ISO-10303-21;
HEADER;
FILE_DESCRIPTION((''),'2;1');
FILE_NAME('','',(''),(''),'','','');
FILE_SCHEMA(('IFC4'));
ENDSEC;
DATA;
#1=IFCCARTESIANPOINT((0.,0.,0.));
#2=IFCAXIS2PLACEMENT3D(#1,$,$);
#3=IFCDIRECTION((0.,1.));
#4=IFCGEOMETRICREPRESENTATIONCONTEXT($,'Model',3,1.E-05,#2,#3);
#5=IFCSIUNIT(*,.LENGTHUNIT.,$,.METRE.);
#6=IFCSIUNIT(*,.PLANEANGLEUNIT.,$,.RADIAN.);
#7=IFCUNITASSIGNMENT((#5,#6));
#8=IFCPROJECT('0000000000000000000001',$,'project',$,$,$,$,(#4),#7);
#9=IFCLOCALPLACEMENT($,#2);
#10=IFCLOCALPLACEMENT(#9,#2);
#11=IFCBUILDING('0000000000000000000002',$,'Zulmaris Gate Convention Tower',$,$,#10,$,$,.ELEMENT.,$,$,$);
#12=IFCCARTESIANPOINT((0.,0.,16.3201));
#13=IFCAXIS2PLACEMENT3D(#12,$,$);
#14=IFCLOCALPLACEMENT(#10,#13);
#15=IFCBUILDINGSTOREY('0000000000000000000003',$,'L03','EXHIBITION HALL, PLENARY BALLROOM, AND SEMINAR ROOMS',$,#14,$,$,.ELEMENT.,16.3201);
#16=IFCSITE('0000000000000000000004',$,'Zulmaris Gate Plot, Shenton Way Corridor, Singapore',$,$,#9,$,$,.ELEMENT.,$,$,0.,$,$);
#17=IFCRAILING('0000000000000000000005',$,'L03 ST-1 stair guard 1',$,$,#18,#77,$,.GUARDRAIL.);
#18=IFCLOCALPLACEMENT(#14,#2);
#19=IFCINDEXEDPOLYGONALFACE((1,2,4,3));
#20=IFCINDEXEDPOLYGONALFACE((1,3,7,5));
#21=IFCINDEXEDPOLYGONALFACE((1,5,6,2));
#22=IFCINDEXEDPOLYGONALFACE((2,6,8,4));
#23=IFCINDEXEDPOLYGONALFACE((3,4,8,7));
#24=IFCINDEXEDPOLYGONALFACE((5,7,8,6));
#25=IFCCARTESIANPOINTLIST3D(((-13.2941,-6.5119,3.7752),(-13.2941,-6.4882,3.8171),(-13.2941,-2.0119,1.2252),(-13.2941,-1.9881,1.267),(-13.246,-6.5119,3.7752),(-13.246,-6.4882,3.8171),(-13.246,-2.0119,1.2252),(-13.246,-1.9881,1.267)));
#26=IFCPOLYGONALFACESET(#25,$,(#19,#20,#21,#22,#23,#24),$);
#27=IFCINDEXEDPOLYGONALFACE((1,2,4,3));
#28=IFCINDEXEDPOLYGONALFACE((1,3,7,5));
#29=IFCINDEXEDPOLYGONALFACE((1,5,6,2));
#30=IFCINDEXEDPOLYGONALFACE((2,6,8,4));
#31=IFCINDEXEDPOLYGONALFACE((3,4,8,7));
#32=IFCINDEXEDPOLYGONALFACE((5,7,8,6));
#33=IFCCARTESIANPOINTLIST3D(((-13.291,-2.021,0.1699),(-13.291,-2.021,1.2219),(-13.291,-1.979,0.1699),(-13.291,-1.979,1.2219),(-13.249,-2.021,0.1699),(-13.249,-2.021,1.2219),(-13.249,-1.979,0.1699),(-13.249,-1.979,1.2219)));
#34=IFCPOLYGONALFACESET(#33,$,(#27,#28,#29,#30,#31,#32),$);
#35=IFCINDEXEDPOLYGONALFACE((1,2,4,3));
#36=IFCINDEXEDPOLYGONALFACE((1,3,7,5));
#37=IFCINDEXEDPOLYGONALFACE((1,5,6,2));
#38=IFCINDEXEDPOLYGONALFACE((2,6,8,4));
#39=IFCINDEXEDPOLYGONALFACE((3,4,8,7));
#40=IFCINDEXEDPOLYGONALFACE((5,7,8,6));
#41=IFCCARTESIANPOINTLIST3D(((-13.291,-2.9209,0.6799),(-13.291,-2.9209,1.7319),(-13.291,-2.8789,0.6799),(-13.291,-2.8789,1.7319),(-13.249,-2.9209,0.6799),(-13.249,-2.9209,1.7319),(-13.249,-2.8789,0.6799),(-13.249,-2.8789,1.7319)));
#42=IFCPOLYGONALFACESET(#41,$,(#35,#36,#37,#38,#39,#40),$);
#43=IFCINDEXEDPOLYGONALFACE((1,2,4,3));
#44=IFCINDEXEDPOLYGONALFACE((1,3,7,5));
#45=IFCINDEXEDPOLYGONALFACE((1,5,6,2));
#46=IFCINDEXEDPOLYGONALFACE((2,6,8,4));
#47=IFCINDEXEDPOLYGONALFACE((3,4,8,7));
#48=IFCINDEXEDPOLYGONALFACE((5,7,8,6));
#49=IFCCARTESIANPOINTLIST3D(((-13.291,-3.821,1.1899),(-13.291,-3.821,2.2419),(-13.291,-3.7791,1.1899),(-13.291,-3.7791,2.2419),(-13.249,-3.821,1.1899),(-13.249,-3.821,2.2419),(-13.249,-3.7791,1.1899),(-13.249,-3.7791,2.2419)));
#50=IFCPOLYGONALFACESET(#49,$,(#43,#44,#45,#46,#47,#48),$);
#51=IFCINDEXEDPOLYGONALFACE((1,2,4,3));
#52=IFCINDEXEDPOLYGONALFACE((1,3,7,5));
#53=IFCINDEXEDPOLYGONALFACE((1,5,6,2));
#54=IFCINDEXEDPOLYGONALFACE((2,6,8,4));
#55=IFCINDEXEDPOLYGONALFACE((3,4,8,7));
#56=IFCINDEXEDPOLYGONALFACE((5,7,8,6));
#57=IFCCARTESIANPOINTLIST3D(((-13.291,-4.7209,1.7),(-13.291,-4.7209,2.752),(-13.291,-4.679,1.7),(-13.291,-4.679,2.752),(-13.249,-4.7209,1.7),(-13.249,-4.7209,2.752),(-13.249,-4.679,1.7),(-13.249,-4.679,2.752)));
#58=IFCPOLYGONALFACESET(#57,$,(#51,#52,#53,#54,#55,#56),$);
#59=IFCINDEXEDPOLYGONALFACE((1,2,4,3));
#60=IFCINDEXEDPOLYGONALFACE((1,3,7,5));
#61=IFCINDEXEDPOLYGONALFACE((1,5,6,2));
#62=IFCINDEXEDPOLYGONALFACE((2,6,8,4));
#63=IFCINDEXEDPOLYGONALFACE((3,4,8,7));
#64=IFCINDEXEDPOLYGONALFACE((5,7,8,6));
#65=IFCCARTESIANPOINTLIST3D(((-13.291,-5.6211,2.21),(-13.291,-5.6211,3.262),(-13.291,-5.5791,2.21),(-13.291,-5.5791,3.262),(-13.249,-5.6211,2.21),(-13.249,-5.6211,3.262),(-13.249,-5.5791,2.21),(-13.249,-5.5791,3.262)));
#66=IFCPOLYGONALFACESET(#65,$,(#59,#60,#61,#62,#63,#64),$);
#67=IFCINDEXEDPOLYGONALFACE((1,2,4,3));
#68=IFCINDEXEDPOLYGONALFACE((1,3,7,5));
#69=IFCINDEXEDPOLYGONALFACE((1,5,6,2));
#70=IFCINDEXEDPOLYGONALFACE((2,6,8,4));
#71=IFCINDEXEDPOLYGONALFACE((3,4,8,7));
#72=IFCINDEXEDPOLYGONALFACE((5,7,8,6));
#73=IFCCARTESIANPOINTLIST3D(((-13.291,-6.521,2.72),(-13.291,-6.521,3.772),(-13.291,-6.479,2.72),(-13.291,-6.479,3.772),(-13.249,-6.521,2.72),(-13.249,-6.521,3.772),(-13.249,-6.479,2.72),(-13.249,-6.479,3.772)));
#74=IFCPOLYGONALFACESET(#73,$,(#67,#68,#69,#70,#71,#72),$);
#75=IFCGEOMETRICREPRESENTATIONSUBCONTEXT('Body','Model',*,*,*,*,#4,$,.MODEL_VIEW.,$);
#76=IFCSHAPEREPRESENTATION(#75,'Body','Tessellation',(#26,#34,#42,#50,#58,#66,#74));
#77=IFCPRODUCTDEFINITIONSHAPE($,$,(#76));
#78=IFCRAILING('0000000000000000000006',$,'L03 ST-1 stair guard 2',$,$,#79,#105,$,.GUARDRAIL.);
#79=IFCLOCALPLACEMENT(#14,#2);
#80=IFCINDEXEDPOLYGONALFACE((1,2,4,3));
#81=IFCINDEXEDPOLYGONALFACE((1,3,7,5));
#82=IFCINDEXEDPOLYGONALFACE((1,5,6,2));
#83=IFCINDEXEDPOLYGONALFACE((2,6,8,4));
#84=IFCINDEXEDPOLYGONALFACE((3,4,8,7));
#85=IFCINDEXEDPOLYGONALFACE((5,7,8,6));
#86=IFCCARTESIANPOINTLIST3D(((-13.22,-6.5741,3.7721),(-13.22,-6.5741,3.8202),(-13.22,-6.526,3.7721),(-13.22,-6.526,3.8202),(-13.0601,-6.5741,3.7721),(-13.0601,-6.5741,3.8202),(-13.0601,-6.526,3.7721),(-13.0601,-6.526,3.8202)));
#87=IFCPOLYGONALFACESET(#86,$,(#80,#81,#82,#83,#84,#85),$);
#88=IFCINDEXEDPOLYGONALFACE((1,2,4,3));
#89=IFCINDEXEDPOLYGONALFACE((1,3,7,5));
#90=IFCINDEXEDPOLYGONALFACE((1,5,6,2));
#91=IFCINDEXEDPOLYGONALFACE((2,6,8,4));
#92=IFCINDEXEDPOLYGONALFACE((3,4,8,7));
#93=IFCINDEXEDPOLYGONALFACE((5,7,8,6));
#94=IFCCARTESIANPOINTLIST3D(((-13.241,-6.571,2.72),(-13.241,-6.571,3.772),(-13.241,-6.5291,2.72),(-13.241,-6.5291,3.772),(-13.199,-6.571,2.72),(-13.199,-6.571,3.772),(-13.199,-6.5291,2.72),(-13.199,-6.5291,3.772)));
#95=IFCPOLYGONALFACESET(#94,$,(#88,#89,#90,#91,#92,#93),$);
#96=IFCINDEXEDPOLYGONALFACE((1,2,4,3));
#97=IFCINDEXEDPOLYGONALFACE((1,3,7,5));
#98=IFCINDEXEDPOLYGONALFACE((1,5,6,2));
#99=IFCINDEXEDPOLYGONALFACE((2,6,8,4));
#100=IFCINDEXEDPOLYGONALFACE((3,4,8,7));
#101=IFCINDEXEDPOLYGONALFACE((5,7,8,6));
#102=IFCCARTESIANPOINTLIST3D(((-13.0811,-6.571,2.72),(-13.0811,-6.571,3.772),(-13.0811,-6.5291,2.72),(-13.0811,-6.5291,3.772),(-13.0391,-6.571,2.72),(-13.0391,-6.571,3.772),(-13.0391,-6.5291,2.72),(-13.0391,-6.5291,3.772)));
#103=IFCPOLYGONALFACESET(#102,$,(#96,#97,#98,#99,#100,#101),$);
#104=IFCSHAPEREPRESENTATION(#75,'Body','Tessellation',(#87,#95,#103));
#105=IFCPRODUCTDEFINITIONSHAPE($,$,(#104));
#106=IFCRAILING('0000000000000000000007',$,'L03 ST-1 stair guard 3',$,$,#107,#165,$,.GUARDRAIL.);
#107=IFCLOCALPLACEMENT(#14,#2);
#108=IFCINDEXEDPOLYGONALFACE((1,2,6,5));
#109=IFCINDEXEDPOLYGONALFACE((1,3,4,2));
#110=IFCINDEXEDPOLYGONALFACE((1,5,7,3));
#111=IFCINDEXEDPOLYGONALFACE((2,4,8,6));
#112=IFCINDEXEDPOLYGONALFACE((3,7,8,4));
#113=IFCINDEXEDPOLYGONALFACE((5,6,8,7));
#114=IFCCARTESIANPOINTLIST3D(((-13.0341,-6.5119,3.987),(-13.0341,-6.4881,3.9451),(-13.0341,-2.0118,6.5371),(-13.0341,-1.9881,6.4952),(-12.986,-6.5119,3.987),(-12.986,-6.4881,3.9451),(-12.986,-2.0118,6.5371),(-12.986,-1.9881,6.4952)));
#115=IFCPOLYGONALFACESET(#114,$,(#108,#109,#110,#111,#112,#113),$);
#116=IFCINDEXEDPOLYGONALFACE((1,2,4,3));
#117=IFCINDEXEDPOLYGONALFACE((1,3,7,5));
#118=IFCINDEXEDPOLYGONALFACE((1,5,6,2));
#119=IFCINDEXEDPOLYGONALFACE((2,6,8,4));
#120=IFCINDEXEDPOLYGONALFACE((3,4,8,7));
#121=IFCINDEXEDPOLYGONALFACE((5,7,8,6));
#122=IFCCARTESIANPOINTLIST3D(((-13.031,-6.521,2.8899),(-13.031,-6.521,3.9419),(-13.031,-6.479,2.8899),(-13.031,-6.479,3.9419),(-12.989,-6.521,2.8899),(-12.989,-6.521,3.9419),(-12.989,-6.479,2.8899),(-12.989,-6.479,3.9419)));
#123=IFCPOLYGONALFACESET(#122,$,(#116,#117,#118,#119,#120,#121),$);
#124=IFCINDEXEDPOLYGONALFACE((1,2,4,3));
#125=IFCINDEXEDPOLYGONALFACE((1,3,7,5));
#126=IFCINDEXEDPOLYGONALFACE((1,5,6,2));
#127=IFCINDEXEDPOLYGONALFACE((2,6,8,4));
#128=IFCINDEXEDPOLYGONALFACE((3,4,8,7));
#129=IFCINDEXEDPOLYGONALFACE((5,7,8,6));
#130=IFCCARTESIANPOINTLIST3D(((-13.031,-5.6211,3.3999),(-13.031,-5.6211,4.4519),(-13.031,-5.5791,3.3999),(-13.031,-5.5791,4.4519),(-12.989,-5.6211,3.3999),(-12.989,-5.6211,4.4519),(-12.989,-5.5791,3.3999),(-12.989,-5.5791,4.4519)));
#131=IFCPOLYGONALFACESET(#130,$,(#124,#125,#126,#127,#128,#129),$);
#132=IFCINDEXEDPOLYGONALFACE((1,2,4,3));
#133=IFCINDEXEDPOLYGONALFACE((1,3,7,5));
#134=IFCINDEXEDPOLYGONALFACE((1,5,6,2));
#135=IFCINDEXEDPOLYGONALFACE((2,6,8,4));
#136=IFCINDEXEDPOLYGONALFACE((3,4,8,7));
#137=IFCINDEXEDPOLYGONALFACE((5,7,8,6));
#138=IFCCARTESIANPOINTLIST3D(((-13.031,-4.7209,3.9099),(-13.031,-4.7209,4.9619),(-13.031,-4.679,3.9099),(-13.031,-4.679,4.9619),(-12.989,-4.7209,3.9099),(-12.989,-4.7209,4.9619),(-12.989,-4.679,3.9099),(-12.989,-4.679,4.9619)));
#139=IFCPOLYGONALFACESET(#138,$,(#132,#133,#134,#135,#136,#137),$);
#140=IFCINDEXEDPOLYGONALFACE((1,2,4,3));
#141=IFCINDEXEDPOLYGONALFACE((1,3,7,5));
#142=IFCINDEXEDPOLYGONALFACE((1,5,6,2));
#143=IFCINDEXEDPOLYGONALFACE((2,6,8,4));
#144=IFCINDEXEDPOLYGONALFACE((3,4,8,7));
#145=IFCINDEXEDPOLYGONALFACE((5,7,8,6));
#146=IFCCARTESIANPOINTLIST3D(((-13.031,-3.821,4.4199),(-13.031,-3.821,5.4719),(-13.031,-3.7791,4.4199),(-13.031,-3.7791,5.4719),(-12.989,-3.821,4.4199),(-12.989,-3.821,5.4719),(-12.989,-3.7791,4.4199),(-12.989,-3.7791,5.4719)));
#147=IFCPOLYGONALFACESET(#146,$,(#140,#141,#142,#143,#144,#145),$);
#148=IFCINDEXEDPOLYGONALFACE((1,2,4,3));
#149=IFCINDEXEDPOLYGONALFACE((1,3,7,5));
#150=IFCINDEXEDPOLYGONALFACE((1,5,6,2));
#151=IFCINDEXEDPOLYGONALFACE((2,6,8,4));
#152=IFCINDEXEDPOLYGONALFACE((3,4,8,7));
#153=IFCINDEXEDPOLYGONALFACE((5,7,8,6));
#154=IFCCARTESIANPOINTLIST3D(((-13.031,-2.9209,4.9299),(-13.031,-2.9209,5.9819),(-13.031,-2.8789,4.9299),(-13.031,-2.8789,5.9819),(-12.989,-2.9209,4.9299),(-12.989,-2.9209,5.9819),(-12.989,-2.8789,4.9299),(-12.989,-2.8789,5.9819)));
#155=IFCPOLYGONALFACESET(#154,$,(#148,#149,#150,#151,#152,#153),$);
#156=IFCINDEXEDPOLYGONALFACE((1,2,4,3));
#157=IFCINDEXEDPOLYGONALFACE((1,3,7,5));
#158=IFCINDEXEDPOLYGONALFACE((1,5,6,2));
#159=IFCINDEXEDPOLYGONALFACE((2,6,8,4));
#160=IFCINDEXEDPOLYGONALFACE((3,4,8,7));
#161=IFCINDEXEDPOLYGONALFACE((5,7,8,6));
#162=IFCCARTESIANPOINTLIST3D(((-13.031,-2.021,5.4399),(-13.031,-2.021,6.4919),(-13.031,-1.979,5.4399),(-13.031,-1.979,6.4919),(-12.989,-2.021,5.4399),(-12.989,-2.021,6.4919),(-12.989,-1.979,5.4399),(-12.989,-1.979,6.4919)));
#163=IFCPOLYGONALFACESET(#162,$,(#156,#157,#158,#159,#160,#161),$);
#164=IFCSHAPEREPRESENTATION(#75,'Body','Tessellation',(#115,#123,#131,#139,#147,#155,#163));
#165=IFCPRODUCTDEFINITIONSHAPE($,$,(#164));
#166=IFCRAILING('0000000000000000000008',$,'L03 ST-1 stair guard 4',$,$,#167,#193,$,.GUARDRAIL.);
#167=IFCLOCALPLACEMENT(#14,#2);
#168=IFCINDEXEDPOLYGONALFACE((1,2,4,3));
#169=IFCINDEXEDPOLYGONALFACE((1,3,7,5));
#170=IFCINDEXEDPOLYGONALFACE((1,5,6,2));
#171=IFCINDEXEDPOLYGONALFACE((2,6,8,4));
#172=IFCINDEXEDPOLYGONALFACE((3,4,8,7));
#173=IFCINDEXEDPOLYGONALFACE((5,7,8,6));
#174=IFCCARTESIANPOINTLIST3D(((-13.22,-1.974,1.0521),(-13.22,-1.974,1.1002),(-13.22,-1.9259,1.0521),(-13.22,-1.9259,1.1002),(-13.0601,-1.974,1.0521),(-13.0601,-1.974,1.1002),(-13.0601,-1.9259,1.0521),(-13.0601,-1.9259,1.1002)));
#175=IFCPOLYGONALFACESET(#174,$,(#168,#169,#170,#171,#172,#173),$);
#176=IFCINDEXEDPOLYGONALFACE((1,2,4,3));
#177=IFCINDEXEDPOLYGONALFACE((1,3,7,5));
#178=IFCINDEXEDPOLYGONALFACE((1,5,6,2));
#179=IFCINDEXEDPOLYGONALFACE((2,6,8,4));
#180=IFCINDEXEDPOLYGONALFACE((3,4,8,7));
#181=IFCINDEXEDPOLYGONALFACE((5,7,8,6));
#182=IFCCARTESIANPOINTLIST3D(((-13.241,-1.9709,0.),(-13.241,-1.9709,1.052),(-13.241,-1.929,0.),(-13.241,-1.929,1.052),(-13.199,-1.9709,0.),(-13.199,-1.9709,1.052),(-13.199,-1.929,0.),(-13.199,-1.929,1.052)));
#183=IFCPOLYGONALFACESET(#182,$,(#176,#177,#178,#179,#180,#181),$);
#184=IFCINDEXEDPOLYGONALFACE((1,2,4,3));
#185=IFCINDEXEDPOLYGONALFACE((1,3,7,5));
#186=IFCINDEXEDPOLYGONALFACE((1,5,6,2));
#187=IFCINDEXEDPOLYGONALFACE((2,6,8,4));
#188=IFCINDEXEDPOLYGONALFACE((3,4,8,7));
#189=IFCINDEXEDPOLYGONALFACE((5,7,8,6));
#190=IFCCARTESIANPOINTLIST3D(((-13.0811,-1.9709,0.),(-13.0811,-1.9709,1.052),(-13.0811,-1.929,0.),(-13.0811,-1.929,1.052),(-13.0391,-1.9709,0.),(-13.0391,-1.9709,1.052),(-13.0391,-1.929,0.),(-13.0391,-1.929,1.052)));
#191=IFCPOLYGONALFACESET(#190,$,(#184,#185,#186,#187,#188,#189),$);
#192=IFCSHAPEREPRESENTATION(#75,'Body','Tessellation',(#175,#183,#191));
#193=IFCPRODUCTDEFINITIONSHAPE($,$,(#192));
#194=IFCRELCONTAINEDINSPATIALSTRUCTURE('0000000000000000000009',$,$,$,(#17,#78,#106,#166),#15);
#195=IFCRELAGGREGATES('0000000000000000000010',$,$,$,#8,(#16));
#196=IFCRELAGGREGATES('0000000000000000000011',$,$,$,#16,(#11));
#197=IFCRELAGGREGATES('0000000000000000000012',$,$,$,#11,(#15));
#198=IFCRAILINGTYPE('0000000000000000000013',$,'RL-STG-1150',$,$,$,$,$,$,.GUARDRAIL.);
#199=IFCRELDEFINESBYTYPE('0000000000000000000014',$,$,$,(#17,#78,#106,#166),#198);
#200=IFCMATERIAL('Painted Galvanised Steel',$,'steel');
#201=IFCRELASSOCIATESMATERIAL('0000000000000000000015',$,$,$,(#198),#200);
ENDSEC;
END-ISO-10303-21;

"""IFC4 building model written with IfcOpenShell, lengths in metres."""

from ifc_helpers import new_model, si_unit, direction, frame, origin, origin_2d, place, context, subcontext, project, spatial, rectangle, extrude, material, type_object, element, save


model = new_model("IFC4")

# Units and contexts
model_context = context("Model", 3, precision=1e-05, world=origin(), true_north=direction((0.0, 1.0)))
body_context = subcontext(model_context, "Body", "Model", "MODEL_VIEW")
ifc_project = project(units=[si_unit("LENGTHUNIT", "METRE"), si_unit("PLANEANGLEUNIT", "RADIAN")], contexts=[model_context])

# Site, building, storey
site_placement = place(None, origin())
site = spatial("IfcSite", under=ifc_project, at=site_placement, Name="Zulmaris Gate Plot, Shenton Way Corridor, Singapore", CompositionType="ELEMENT", RefElevation=0.0)
building_placement = place(site_placement, origin())
building = spatial("IfcBuilding", under=site, at=building_placement, Name="Zulmaris Gate Convention Tower", CompositionType="ELEMENT")
storey_placement = place(building_placement, frame((0.0, 0.0, 16.3201)))
storey = spatial("IfcBuildingStorey", under=building, at=storey_placement, Name="L03", Description="EXHIBITION HALL, PLENARY BALLROOM, AND SEMINAR ROOMS", CompositionType="ELEMENT", Elevation=16.3201)

# Railings
ifc_material_1 = material(Name="Painted Galvanised Steel", Category="steel")
railing_type_1 = type_object("IfcRailingType", Name="RL-STG-1150", PredefinedType="GUARDRAIL", material=ifc_material_1)
railing_1_placement = place(storey_placement, frame((-13.27, -2.0, 0.1699)))
element("IfcRailing", 1, at=railing_1_placement, inside=storey, type_object=railing_type_1, Name="L03 ST-1 stair guard 1", PredefinedType="GUARDRAIL", context=body_context, shape_type="SweptSolid", body=[
    extrude(rectangle(XDim=0.0481, YDim=0.0481, at=origin_2d()), frame((0.0, 0.0, 1.0762), z_axis=(0.0, -0.870018, 0.49302), x_axis=(1.0, 0.0, 0.0)), (0.0, 0.0, 1.0), 5.1724),
    extrude(rectangle(XDim=0.042, YDim=0.042, at=origin_2d()), origin(), (0.0, 0.0, 1.0), 1.052),
    extrude(rectangle(XDim=0.042, YDim=0.042, at=origin_2d()), frame((0.0, -0.8999, 0.51)), (0.0, 0.0, 1.0), 1.052),
    extrude(rectangle(XDim=0.042, YDim=0.042, at=origin_2d()), frame((0.0, -1.8, 1.02)), (0.0, 0.0, 1.0), 1.052),
    extrude(rectangle(XDim=0.042, YDim=0.042, at=origin_2d()), frame((0.0, -2.7, 1.53)), (0.0, 0.0, 1.0), 1.052),
    extrude(rectangle(XDim=0.042, YDim=0.042, at=origin_2d()), frame((0.0, -3.6001, 2.04)), (0.0, 0.0, 1.0), 1.052),
    extrude(rectangle(XDim=0.042, YDim=0.042, at=origin_2d()), frame((0.0, -4.5, 2.55)), (0.0, 0.0, 1.0), 1.052),
])
railing_2_placement = place(storey_placement, frame((-13.22, -6.55, 2.72)))
element("IfcRailing", 2, at=railing_2_placement, inside=storey, type_object=railing_type_1, Name="L03 ST-1 stair guard 2", PredefinedType="GUARDRAIL", context=body_context, shape_type="SweptSolid", body=[
    extrude(rectangle(XDim=0.0481, YDim=0.0481, at=origin_2d()), frame((0.0, 0.0, 1.0762), z_axis=(1.0, 0.0, 0.0), x_axis=(0.0, 1.0, 0.0)), (0.0, 0.0, 1.0), 0.1599),
    extrude(rectangle(XDim=0.042, YDim=0.042, at=origin_2d()), origin(), (0.0, 0.0, 1.0), 1.052),
    extrude(rectangle(XDim=0.042, YDim=0.042, at=origin_2d()), frame((0.1599, 0.0, 0.0)), (0.0, 0.0, 1.0), 1.052),
])
railing_3_placement = place(storey_placement, frame((-13.01, -6.5, 2.8899)))
element("IfcRailing", 3, at=railing_3_placement, inside=storey, type_object=railing_type_1, Name="L03 ST-1 stair guard 3", PredefinedType="GUARDRAIL", context=body_context, shape_type="SweptSolid", body=[
    extrude(rectangle(XDim=0.0481, YDim=0.0481, at=origin_2d()), frame((0.0, 0.0, 1.0762), z_axis=(0.0, 0.870018, 0.49302), x_axis=(-1.0, 0.0, 0.0)), (0.0, 0.0, 1.0), 5.1724),
    extrude(rectangle(XDim=0.042, YDim=0.042, at=origin_2d()), origin(), (0.0, 0.0, 1.0), 1.052),
    extrude(rectangle(XDim=0.042, YDim=0.042, at=origin_2d()), frame((0.0, 0.8999, 0.51)), (0.0, 0.0, 1.0), 1.052),
    extrude(rectangle(XDim=0.042, YDim=0.042, at=origin_2d()), frame((0.0, 1.8, 1.02)), (0.0, 0.0, 1.0), 1.052),
    extrude(rectangle(XDim=0.042, YDim=0.042, at=origin_2d()), frame((0.0, 2.7, 1.53)), (0.0, 0.0, 1.0), 1.052),
    extrude(rectangle(XDim=0.042, YDim=0.042, at=origin_2d()), frame((0.0, 3.6001, 2.04)), (0.0, 0.0, 1.0), 1.052),
    extrude(rectangle(XDim=0.042, YDim=0.042, at=origin_2d()), frame((0.0, 4.5, 2.55)), (0.0, 0.0, 1.0), 1.052),
])
railing_4_placement = place(storey_placement, frame((-13.22, -1.95, 0.0)))
element("IfcRailing", 4, at=railing_4_placement, inside=storey, type_object=railing_type_1, Name="L03 ST-1 stair guard 4", PredefinedType="GUARDRAIL", context=body_context, shape_type="SweptSolid", body=[
    extrude(rectangle(XDim=0.0481, YDim=0.0481, at=origin_2d()), frame((0.0, 0.0, 1.0762), z_axis=(1.0, 0.0, 0.0), x_axis=(0.0, 1.0, 0.0)), (0.0, 0.0, 1.0), 0.1599),
    extrude(rectangle(XDim=0.042, YDim=0.042, at=origin_2d()), origin(), (0.0, 0.0, 1.0), 1.052),
    extrude(rectangle(XDim=0.042, YDim=0.042, at=origin_2d()), frame((0.1599, 0.0, 0.0)), (0.0, 0.0, 1.0), 1.052),
])

save(model, "model.ifc")
